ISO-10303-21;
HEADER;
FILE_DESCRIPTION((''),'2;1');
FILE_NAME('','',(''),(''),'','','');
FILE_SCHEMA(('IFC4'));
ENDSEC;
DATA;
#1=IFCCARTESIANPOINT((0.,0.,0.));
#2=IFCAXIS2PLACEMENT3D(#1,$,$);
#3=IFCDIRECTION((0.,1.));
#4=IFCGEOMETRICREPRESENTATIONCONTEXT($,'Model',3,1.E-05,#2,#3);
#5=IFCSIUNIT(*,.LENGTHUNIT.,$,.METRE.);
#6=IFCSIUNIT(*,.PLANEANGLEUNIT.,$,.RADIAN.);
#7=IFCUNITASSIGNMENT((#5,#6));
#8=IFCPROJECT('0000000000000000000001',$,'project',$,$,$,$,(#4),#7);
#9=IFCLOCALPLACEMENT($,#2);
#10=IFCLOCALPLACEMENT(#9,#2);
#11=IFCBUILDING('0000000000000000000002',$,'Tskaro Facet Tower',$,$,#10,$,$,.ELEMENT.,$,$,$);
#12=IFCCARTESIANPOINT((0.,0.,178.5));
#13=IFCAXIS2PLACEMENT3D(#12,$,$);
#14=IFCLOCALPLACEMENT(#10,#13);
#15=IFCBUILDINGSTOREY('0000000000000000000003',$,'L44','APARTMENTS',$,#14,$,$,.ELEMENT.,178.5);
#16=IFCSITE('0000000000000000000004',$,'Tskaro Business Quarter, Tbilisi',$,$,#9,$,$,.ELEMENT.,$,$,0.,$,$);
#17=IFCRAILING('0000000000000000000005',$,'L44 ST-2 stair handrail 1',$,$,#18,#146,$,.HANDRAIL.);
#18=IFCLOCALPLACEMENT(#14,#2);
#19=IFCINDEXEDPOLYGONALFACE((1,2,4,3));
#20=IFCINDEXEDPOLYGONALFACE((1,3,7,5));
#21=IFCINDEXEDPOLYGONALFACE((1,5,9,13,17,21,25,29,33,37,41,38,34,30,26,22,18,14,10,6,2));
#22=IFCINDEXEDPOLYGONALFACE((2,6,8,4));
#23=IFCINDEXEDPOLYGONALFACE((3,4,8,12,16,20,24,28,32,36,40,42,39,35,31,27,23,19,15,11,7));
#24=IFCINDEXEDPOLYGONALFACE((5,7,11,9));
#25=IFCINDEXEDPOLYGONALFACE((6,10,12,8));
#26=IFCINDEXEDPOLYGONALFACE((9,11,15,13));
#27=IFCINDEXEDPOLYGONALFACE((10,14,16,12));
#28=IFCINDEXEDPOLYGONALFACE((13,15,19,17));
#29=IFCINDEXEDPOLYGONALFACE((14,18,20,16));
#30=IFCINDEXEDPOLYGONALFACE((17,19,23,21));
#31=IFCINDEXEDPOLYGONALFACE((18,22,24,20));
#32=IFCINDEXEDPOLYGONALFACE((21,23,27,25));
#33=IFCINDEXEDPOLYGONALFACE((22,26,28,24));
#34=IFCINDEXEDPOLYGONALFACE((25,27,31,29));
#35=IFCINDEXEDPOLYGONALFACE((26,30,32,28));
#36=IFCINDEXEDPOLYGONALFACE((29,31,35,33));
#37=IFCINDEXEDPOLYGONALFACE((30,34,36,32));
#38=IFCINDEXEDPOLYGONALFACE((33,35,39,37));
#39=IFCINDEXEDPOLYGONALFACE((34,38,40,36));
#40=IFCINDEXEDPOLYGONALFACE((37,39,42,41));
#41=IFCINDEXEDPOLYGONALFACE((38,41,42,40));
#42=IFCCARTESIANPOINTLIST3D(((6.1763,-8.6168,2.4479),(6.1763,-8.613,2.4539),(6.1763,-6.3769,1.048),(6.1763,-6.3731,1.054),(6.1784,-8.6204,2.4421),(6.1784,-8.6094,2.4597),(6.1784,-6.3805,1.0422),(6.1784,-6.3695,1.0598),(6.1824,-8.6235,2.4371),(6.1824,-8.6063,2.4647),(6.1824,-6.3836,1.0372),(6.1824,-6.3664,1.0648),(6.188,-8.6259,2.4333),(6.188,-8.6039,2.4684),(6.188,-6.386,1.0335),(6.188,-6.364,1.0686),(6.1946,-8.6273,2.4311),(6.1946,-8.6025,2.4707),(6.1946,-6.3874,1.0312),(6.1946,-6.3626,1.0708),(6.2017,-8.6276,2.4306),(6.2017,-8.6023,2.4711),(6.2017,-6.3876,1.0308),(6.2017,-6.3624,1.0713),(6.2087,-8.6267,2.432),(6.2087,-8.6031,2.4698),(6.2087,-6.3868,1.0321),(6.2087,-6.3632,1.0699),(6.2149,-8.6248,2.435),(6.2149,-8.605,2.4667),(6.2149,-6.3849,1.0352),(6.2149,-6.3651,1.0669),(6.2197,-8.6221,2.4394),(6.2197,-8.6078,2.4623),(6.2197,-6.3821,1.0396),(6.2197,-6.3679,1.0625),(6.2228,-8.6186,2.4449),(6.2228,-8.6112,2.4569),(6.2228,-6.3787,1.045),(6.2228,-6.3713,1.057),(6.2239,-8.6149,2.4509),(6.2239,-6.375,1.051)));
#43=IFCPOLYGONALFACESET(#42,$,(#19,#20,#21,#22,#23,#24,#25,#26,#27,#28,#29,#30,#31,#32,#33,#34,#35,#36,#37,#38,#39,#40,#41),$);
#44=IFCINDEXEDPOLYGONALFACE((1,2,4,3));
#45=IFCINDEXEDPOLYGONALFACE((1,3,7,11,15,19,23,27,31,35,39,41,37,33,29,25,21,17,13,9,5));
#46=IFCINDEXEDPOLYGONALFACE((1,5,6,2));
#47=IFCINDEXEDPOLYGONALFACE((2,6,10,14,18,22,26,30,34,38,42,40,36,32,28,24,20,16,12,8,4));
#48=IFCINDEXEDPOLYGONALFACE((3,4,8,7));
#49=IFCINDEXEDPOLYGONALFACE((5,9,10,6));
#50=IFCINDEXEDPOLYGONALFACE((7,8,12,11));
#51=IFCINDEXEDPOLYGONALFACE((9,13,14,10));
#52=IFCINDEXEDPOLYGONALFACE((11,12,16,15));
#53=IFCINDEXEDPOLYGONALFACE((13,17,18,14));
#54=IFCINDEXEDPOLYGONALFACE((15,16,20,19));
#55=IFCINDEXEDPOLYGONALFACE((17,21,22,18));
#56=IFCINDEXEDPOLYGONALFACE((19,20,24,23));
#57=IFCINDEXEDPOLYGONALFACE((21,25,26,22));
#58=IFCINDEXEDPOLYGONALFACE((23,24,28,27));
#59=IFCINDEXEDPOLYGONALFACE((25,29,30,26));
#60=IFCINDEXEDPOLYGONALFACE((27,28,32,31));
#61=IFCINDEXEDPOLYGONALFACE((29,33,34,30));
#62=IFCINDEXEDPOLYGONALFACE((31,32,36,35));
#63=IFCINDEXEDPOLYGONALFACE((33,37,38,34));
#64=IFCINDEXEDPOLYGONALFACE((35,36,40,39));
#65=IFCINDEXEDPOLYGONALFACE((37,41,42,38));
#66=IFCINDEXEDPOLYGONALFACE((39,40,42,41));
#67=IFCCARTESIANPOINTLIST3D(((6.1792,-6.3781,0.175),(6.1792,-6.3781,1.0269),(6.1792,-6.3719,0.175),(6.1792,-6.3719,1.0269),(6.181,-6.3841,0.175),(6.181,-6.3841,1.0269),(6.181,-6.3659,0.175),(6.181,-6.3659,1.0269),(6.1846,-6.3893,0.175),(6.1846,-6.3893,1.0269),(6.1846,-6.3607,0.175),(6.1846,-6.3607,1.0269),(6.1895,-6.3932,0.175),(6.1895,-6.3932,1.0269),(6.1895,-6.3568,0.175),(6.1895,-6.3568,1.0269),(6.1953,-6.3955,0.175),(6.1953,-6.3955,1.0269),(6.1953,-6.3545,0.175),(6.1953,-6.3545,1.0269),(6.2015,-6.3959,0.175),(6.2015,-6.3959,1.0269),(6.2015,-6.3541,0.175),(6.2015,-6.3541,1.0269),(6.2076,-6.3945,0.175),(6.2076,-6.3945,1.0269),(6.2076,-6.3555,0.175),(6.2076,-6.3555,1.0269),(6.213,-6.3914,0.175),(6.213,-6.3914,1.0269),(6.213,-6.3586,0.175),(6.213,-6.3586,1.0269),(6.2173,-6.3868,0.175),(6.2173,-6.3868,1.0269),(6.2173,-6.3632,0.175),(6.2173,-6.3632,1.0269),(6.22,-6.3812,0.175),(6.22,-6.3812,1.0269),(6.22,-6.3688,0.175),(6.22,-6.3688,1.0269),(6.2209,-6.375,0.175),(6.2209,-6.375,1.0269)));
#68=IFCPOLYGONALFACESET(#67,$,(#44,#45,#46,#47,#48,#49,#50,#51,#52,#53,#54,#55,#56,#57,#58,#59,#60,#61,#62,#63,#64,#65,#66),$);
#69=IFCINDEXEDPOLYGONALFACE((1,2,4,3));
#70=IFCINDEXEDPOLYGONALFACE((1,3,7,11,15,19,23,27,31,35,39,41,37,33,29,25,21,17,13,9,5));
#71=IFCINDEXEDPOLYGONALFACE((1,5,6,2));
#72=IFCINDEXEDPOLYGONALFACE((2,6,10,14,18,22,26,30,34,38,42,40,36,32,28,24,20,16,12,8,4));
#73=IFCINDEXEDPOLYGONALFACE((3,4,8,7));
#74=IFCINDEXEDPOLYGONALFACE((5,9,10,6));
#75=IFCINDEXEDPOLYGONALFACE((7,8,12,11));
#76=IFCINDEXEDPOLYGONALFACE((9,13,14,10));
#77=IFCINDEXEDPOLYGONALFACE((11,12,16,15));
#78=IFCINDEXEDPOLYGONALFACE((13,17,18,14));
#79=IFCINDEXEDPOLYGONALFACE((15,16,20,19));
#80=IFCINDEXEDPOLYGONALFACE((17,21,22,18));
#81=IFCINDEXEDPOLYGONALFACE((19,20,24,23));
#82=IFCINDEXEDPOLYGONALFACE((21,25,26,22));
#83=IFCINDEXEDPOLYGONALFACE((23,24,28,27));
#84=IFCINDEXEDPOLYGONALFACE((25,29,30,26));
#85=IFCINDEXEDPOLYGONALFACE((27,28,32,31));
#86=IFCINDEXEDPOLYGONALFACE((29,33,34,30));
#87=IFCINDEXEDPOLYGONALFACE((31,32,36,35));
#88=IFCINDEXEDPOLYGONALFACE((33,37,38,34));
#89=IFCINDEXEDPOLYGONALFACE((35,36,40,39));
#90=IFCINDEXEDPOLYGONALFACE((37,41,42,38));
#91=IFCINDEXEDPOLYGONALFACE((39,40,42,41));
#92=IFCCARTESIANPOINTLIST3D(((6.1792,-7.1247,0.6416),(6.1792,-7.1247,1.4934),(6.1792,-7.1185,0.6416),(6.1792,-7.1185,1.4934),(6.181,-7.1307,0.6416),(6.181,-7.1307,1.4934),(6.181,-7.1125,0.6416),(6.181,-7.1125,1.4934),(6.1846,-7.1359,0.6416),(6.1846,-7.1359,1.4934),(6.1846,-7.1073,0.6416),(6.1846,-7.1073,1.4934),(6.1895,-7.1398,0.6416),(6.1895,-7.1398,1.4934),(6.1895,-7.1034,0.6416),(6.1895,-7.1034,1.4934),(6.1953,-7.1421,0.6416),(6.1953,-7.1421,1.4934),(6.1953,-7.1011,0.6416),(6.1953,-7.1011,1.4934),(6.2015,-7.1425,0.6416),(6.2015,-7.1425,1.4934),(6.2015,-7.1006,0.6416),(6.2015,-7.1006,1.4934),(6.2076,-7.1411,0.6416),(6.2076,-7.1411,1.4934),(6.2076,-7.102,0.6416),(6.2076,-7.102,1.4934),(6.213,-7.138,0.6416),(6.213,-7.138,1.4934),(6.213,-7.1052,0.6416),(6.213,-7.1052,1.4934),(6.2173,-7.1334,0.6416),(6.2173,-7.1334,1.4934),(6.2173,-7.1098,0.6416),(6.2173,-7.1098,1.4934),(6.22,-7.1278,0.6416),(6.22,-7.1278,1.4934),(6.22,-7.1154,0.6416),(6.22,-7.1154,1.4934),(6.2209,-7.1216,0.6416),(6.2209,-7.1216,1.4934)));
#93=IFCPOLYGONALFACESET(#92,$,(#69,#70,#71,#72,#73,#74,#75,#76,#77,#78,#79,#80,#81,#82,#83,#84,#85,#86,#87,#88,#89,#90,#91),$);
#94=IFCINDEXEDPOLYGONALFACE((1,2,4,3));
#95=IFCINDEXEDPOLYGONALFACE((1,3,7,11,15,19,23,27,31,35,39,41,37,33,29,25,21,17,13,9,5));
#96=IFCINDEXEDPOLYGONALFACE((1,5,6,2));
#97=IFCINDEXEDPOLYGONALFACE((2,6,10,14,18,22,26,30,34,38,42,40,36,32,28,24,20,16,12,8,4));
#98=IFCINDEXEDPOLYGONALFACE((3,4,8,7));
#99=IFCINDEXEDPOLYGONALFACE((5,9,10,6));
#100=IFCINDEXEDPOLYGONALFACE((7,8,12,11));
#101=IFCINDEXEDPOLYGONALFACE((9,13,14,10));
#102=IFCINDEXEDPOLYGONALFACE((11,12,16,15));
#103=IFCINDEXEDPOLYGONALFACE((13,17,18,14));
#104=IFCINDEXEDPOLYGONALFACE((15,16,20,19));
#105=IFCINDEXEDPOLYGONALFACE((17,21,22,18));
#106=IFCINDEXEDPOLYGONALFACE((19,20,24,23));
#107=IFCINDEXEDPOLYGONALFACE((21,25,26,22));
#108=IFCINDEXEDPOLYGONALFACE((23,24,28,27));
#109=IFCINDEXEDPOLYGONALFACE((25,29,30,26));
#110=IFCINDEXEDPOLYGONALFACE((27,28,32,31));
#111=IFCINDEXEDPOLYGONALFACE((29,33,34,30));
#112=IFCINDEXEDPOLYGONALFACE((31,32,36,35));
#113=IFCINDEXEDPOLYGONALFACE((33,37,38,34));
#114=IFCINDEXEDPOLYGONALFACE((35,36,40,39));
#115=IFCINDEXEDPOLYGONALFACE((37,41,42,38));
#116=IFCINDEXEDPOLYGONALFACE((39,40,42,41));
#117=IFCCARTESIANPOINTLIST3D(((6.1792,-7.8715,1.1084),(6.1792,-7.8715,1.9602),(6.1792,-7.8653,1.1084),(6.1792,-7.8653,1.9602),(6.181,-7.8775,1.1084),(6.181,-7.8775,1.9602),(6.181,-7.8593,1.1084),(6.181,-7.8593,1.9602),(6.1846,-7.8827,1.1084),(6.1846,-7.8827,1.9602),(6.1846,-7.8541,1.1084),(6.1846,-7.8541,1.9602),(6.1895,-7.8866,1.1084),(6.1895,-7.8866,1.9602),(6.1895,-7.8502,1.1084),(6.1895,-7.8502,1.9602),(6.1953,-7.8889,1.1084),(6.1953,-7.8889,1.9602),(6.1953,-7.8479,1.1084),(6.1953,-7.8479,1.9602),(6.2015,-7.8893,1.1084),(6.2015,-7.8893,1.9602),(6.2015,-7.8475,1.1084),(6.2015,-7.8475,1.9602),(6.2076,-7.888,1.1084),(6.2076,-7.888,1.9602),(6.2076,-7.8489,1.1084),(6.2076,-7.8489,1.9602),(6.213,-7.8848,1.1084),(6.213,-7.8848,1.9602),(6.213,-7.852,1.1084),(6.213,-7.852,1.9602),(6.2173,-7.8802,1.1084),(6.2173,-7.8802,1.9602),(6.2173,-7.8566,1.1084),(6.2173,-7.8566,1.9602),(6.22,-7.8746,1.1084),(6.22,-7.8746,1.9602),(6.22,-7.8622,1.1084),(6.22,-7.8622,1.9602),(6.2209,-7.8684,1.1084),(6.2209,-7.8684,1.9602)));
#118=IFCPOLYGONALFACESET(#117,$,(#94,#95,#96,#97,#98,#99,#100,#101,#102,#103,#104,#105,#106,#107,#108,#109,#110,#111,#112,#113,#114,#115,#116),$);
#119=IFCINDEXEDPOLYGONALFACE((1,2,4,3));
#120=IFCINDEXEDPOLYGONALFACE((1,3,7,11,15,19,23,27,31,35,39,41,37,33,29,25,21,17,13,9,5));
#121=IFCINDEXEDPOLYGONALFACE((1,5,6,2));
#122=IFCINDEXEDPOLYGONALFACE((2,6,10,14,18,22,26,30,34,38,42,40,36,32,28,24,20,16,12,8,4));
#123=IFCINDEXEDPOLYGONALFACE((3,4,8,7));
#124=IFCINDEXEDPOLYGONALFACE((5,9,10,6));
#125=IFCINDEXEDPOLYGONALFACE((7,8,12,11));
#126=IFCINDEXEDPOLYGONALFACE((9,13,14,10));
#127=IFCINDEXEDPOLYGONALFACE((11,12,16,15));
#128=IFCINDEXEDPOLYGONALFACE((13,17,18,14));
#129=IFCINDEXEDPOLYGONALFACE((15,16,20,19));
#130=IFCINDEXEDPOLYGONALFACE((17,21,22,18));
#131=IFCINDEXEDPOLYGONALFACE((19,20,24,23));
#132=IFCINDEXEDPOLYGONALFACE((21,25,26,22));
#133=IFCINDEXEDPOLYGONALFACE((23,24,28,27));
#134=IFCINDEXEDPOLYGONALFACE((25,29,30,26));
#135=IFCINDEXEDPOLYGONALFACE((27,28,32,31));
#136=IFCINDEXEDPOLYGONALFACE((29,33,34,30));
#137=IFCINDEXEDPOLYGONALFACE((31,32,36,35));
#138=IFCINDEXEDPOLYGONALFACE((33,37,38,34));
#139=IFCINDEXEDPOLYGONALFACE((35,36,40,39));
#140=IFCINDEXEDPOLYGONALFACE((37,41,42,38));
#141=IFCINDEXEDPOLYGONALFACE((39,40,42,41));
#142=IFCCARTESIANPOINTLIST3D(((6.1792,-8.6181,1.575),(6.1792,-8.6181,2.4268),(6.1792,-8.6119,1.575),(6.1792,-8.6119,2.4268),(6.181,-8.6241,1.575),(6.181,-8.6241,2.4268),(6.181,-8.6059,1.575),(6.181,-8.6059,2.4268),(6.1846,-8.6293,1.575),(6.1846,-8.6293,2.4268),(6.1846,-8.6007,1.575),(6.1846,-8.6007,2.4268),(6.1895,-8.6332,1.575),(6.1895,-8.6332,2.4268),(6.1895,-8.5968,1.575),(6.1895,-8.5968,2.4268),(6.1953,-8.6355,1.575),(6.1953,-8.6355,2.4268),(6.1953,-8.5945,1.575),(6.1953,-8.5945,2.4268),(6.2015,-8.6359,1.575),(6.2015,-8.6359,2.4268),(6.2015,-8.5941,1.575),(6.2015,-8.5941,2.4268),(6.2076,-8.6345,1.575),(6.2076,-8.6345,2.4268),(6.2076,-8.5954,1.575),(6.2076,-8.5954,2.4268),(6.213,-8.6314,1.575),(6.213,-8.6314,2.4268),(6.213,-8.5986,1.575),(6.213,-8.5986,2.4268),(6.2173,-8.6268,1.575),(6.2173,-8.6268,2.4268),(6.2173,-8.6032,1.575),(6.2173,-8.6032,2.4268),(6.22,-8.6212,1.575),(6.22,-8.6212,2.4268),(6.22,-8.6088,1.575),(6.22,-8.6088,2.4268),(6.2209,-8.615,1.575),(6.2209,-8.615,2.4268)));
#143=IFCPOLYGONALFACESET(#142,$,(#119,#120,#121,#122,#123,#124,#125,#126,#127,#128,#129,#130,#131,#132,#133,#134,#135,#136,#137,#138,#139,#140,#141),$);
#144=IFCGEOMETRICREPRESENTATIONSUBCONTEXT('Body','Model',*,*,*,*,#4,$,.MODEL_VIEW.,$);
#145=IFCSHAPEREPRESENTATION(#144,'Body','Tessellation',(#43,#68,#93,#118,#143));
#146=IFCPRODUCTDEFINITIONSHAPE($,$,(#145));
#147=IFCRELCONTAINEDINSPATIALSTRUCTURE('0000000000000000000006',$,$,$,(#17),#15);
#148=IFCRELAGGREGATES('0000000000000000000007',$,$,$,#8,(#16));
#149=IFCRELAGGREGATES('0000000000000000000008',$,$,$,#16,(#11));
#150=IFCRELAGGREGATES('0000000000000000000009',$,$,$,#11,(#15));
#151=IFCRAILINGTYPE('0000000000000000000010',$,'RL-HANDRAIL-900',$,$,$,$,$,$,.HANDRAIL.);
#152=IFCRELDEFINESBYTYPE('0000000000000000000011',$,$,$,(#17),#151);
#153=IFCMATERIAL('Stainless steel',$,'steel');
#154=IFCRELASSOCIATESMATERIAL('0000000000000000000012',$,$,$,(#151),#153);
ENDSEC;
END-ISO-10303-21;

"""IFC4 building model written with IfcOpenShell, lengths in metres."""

from ifc_helpers import new_model, si_unit, direction, frame, origin, origin_2d, place, context, subcontext, project, spatial, circle, extrude, material, type_object, element, save


model = new_model("IFC4")

# Units and contexts
model_context = context("Model", 3, precision=1e-05, world=origin(), true_north=direction((0.0, 1.0)))
body_context = subcontext(model_context, "Body", "Model", "MODEL_VIEW")
ifc_project = project(units=[si_unit("LENGTHUNIT", "METRE"), si_unit("PLANEANGLEUNIT", "RADIAN")], contexts=[model_context])

# Site, building, storey
site_placement = place(None, origin())
site = spatial("IfcSite", under=ifc_project, at=site_placement, Name="Tskaro Business Quarter, Tbilisi", CompositionType="ELEMENT", RefElevation=0.0)
building_placement = place(site_placement, origin())
building = spatial("IfcBuilding", under=site, at=building_placement, Name="Tskaro Facet Tower", CompositionType="ELEMENT")
storey_placement = place(building_placement, frame((0.0, 0.0, 178.5)))
storey = spatial("IfcBuildingStorey", under=building, at=storey_placement, Name="L44", Description="APARTMENTS", CompositionType="ELEMENT", Elevation=178.5)

# Shared definitions
ifc_material_1 = material(Name="Stainless steel", Category="steel")

# Railing
railing_type_1 = type_object("IfcRailingType", Name="RL-HANDRAIL-900", PredefinedType="HANDRAIL", material=ifc_material_1)
railing_1_placement = place(storey_placement, frame((6.2, -6.375, 0.175)))
element("IfcRailing", 1, at=railing_1_placement, inside=storey, type_object=railing_type_1, Name="L44 ST-2 stair handrail 1", PredefinedType="HANDRAIL", context=body_context, shape_type="SweptSolid", body=[
    extrude(circle(Radius=0.0239, at=origin_2d()), frame((0.0, 0.0, 0.876), z_axis=(0.0, -0.848014, 0.529974), x_axis=(1.0, 0.0, 0.0)), (0.0, 0.0, 1.0), 2.6414),
    extrude(circle(Radius=0.021, at=origin_2d()), origin(), (0.0, 0.0, 1.0), 0.8518),
    extrude(circle(Radius=0.021, at=origin_2d()), frame((0.0, -0.7466, 0.4666)), (0.0, 0.0, 1.0), 0.8518),
    extrude(circle(Radius=0.021, at=origin_2d()), frame((0.0, -1.4934, 0.9333)), (0.0, 0.0, 1.0), 0.8518),
    extrude(circle(Radius=0.021, at=origin_2d()), frame((0.0, -2.24, 1.3999)), (0.0, 0.0, 1.0), 0.8518),
])

save(model, "model.ifc")
